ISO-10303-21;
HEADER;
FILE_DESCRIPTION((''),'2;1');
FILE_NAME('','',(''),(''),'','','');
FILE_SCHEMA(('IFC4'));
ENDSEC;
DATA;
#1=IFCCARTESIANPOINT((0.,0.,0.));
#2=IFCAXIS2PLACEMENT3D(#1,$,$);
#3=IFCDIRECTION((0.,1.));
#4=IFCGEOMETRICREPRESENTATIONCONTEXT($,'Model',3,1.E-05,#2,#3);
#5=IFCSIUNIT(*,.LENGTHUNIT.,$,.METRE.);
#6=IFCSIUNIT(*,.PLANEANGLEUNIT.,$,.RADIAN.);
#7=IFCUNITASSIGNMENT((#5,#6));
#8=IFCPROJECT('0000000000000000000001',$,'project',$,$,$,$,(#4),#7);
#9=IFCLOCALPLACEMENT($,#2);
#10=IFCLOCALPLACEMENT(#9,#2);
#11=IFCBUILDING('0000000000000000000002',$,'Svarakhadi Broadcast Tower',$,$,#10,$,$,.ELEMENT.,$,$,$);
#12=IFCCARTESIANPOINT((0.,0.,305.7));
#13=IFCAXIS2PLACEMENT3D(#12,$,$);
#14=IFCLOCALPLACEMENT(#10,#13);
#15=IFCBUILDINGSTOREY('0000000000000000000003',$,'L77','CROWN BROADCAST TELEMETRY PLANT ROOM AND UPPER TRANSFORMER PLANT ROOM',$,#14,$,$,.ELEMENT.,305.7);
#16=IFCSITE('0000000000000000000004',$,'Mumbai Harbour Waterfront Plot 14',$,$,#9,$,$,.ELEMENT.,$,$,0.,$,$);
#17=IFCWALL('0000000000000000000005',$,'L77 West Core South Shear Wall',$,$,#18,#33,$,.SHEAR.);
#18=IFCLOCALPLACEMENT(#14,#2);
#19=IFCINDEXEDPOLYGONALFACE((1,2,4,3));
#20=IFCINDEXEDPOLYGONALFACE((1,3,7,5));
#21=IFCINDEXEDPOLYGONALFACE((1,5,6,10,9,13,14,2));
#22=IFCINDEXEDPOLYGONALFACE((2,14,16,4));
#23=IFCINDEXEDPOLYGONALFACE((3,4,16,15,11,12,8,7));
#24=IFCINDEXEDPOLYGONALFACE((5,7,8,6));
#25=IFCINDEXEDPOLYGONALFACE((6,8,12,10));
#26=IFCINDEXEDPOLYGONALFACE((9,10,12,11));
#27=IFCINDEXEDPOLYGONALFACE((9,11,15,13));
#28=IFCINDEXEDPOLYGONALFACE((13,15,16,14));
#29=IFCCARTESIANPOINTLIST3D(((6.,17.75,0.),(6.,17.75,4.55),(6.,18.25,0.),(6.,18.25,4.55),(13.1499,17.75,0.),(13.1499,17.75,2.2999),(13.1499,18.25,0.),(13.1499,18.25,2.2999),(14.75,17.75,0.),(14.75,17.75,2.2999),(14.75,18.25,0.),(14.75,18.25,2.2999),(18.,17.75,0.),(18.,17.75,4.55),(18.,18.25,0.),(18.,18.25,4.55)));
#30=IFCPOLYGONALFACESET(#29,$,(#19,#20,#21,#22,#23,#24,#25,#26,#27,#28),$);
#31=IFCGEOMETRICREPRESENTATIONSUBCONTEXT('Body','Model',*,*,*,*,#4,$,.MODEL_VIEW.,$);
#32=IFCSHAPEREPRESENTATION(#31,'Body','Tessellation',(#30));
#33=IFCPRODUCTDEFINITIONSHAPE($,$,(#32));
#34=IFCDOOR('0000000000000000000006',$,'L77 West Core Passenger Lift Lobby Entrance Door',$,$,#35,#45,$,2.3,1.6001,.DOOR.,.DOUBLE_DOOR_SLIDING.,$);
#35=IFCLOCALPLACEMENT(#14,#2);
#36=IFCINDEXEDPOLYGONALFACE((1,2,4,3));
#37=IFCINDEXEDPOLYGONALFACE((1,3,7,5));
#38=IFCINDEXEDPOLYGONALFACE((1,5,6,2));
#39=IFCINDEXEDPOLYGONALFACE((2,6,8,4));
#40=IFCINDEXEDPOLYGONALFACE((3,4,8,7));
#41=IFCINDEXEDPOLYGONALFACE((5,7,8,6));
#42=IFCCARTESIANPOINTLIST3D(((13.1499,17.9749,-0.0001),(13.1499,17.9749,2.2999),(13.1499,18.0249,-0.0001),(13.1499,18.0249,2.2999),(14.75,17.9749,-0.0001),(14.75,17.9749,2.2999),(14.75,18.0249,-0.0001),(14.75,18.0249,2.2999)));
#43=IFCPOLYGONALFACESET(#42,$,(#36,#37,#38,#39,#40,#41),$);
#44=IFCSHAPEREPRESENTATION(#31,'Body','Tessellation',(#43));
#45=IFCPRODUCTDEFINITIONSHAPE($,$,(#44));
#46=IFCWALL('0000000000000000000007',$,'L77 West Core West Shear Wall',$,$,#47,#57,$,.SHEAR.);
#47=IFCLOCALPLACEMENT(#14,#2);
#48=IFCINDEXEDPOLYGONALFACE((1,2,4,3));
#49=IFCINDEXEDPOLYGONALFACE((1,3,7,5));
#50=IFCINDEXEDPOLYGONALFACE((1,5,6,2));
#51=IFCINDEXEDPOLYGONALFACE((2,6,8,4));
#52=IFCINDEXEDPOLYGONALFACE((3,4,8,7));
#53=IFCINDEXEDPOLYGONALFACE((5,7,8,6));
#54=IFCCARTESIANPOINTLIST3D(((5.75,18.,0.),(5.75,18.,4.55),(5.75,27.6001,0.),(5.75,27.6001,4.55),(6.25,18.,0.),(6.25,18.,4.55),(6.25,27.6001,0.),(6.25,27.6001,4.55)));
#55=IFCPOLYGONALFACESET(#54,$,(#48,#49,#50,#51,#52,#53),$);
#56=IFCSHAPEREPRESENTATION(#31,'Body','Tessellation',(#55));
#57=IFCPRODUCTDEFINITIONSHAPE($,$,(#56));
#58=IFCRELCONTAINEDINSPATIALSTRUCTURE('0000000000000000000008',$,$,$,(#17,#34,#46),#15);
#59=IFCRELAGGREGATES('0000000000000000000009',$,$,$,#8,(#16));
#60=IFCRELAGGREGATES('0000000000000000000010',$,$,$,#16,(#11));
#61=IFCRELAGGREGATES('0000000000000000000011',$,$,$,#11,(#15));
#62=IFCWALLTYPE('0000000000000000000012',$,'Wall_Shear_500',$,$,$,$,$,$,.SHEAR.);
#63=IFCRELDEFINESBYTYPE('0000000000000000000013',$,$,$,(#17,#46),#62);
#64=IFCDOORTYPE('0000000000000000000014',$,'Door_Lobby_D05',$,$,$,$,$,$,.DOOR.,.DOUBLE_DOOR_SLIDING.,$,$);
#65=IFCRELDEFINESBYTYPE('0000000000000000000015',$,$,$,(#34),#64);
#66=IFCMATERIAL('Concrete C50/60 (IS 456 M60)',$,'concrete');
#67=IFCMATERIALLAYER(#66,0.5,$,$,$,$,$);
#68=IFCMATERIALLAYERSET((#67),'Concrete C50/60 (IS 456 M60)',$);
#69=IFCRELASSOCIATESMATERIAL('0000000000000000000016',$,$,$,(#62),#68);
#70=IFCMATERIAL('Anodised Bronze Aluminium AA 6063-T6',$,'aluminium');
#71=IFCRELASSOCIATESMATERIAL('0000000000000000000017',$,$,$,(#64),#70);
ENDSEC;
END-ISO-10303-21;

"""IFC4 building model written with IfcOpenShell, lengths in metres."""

from ifc_helpers import new_model, si_unit, direction, frame, frame_2d, origin, place, context, subcontext, project, spatial, rectangle, extrude, material, layer, layer_set, type_object, element, fill, save


model = new_model("IFC4")

# Units and contexts
model_context = context("Model", 3, precision=1e-05, world=origin(), true_north=direction((0.0, 1.0)))
body_context = subcontext(model_context, "Body", "Model", "MODEL_VIEW")
ifc_project = project(units=[si_unit("LENGTHUNIT", "METRE"), si_unit("PLANEANGLEUNIT", "RADIAN")], contexts=[model_context])

# Site, building, storey
site_placement = place(None, origin())
site = spatial("IfcSite", under=ifc_project, at=site_placement, Name="Mumbai Harbour Waterfront Plot 14", CompositionType="ELEMENT", RefElevation=0.0)
building_placement = place(site_placement, origin())
building = spatial("IfcBuilding", under=site, at=building_placement, Name="Svarakhadi Broadcast Tower", CompositionType="ELEMENT")
storey_placement = place(building_placement, frame((0.0, 0.0, 305.7)))
storey = spatial("IfcBuildingStorey", under=building, at=storey_placement, Name="L77", Description="CROWN BROADCAST TELEMETRY PLANT ROOM AND UPPER TRANSFORMER PLANT ROOM", CompositionType="ELEMENT", Elevation=305.7)

# Shared definitions
ifc_material_1 = material(Name="Concrete C50/60 (IS 456 M60)", Category="concrete")

# Wall, opening, door
ifc_layer_1 = layer(ifc_material_1, 0.5)
ifc_layer_set_1 = layer_set([ifc_layer_1], Name="Concrete C50/60 (IS 456 M60)")
wall_type_1 = type_object("IfcWallType", Name="Wall_Shear_500", PredefinedType="SHEAR", material=ifc_layer_set_1)
wall_1_placement = place(storey_placement, frame((6.0, 18.0, 0.0), z_axis=(0.0, 0.0, 1.0), x_axis=(1.0, 0.0, 0.0)))
wall_1 = element("IfcWall", 1, at=wall_1_placement, inside=storey, type_object=wall_type_1, Name="L77 West Core South Shear Wall", PredefinedType="SHEAR", context=body_context, shape_type="SweptSolid", body=[
    extrude(rectangle(XDim=12.0, YDim=0.5, at=frame_2d((6.0, 0.0))), origin(), (0.0, 0.0, 1.0), 4.55),
])
opening_placement = place(wall_1_placement, frame((7.1499, 0.0, 0.0)))
opening = element("IfcOpeningElement", 2, at=opening_placement, cuts=wall_1, PredefinedType="OPENING", context=body_context, shape_type="SweptSolid", body=[
    extrude(rectangle(XDim=1.6001, YDim=2.3, at=frame_2d((0.8, 1.1499))), frame((0.0, 0.26, 0.0), z_axis=(0.0, -1.0, 0.0), x_axis=(1.0, 0.0, 0.0)), (0.0, 0.0, 1.0), 0.52),
])
ifc_material_2 = material(Name="Anodised Bronze Aluminium AA 6063-T6", Category="aluminium")
door_type = type_object("IfcDoorType", Name="Door_Lobby_D05", OperationType="DOUBLE_DOOR_SLIDING", PredefinedType="DOOR", material=ifc_material_2)
door_placement = place(opening_placement, origin())
door = element("IfcDoor", 3, at=door_placement, inside=storey, type_object=door_type, Name="L77 West Core Passenger Lift Lobby Entrance Door", OperationType="DOUBLE_DOOR_SLIDING", OverallHeight=2.3, OverallWidth=1.6001, PredefinedType="DOOR", context=body_context, shape_type="SweptSolid", body=[
    extrude(rectangle(XDim=1.6001, YDim=2.3, at=frame_2d((0.8, 1.1499))), frame((0.0, 0.0249, 0.0), z_axis=(0.0, -1.0, 0.0), x_axis=(1.0, 0.0, 0.0)), (0.0, 0.0, 1.0), 0.05),
])
fill(opening, door)

# Wall
wall_2_placement = place(storey_placement, frame((6.0, 18.0, 0.0), z_axis=(0.0, 0.0, 1.0), x_axis=(0.0, 1.0, 0.0)))
element("IfcWall", 4, at=wall_2_placement, inside=storey, type_object=wall_type_1, Name="L77 West Core West Shear Wall", PredefinedType="SHEAR", context=body_context, shape_type="SweptSolid", body=[
    extrude(rectangle(XDim=9.6001, YDim=0.5, at=frame_2d((4.8, 0.0))), origin(), (0.0, 0.0, 1.0), 4.55),
])

save(model, "model.ifc")
